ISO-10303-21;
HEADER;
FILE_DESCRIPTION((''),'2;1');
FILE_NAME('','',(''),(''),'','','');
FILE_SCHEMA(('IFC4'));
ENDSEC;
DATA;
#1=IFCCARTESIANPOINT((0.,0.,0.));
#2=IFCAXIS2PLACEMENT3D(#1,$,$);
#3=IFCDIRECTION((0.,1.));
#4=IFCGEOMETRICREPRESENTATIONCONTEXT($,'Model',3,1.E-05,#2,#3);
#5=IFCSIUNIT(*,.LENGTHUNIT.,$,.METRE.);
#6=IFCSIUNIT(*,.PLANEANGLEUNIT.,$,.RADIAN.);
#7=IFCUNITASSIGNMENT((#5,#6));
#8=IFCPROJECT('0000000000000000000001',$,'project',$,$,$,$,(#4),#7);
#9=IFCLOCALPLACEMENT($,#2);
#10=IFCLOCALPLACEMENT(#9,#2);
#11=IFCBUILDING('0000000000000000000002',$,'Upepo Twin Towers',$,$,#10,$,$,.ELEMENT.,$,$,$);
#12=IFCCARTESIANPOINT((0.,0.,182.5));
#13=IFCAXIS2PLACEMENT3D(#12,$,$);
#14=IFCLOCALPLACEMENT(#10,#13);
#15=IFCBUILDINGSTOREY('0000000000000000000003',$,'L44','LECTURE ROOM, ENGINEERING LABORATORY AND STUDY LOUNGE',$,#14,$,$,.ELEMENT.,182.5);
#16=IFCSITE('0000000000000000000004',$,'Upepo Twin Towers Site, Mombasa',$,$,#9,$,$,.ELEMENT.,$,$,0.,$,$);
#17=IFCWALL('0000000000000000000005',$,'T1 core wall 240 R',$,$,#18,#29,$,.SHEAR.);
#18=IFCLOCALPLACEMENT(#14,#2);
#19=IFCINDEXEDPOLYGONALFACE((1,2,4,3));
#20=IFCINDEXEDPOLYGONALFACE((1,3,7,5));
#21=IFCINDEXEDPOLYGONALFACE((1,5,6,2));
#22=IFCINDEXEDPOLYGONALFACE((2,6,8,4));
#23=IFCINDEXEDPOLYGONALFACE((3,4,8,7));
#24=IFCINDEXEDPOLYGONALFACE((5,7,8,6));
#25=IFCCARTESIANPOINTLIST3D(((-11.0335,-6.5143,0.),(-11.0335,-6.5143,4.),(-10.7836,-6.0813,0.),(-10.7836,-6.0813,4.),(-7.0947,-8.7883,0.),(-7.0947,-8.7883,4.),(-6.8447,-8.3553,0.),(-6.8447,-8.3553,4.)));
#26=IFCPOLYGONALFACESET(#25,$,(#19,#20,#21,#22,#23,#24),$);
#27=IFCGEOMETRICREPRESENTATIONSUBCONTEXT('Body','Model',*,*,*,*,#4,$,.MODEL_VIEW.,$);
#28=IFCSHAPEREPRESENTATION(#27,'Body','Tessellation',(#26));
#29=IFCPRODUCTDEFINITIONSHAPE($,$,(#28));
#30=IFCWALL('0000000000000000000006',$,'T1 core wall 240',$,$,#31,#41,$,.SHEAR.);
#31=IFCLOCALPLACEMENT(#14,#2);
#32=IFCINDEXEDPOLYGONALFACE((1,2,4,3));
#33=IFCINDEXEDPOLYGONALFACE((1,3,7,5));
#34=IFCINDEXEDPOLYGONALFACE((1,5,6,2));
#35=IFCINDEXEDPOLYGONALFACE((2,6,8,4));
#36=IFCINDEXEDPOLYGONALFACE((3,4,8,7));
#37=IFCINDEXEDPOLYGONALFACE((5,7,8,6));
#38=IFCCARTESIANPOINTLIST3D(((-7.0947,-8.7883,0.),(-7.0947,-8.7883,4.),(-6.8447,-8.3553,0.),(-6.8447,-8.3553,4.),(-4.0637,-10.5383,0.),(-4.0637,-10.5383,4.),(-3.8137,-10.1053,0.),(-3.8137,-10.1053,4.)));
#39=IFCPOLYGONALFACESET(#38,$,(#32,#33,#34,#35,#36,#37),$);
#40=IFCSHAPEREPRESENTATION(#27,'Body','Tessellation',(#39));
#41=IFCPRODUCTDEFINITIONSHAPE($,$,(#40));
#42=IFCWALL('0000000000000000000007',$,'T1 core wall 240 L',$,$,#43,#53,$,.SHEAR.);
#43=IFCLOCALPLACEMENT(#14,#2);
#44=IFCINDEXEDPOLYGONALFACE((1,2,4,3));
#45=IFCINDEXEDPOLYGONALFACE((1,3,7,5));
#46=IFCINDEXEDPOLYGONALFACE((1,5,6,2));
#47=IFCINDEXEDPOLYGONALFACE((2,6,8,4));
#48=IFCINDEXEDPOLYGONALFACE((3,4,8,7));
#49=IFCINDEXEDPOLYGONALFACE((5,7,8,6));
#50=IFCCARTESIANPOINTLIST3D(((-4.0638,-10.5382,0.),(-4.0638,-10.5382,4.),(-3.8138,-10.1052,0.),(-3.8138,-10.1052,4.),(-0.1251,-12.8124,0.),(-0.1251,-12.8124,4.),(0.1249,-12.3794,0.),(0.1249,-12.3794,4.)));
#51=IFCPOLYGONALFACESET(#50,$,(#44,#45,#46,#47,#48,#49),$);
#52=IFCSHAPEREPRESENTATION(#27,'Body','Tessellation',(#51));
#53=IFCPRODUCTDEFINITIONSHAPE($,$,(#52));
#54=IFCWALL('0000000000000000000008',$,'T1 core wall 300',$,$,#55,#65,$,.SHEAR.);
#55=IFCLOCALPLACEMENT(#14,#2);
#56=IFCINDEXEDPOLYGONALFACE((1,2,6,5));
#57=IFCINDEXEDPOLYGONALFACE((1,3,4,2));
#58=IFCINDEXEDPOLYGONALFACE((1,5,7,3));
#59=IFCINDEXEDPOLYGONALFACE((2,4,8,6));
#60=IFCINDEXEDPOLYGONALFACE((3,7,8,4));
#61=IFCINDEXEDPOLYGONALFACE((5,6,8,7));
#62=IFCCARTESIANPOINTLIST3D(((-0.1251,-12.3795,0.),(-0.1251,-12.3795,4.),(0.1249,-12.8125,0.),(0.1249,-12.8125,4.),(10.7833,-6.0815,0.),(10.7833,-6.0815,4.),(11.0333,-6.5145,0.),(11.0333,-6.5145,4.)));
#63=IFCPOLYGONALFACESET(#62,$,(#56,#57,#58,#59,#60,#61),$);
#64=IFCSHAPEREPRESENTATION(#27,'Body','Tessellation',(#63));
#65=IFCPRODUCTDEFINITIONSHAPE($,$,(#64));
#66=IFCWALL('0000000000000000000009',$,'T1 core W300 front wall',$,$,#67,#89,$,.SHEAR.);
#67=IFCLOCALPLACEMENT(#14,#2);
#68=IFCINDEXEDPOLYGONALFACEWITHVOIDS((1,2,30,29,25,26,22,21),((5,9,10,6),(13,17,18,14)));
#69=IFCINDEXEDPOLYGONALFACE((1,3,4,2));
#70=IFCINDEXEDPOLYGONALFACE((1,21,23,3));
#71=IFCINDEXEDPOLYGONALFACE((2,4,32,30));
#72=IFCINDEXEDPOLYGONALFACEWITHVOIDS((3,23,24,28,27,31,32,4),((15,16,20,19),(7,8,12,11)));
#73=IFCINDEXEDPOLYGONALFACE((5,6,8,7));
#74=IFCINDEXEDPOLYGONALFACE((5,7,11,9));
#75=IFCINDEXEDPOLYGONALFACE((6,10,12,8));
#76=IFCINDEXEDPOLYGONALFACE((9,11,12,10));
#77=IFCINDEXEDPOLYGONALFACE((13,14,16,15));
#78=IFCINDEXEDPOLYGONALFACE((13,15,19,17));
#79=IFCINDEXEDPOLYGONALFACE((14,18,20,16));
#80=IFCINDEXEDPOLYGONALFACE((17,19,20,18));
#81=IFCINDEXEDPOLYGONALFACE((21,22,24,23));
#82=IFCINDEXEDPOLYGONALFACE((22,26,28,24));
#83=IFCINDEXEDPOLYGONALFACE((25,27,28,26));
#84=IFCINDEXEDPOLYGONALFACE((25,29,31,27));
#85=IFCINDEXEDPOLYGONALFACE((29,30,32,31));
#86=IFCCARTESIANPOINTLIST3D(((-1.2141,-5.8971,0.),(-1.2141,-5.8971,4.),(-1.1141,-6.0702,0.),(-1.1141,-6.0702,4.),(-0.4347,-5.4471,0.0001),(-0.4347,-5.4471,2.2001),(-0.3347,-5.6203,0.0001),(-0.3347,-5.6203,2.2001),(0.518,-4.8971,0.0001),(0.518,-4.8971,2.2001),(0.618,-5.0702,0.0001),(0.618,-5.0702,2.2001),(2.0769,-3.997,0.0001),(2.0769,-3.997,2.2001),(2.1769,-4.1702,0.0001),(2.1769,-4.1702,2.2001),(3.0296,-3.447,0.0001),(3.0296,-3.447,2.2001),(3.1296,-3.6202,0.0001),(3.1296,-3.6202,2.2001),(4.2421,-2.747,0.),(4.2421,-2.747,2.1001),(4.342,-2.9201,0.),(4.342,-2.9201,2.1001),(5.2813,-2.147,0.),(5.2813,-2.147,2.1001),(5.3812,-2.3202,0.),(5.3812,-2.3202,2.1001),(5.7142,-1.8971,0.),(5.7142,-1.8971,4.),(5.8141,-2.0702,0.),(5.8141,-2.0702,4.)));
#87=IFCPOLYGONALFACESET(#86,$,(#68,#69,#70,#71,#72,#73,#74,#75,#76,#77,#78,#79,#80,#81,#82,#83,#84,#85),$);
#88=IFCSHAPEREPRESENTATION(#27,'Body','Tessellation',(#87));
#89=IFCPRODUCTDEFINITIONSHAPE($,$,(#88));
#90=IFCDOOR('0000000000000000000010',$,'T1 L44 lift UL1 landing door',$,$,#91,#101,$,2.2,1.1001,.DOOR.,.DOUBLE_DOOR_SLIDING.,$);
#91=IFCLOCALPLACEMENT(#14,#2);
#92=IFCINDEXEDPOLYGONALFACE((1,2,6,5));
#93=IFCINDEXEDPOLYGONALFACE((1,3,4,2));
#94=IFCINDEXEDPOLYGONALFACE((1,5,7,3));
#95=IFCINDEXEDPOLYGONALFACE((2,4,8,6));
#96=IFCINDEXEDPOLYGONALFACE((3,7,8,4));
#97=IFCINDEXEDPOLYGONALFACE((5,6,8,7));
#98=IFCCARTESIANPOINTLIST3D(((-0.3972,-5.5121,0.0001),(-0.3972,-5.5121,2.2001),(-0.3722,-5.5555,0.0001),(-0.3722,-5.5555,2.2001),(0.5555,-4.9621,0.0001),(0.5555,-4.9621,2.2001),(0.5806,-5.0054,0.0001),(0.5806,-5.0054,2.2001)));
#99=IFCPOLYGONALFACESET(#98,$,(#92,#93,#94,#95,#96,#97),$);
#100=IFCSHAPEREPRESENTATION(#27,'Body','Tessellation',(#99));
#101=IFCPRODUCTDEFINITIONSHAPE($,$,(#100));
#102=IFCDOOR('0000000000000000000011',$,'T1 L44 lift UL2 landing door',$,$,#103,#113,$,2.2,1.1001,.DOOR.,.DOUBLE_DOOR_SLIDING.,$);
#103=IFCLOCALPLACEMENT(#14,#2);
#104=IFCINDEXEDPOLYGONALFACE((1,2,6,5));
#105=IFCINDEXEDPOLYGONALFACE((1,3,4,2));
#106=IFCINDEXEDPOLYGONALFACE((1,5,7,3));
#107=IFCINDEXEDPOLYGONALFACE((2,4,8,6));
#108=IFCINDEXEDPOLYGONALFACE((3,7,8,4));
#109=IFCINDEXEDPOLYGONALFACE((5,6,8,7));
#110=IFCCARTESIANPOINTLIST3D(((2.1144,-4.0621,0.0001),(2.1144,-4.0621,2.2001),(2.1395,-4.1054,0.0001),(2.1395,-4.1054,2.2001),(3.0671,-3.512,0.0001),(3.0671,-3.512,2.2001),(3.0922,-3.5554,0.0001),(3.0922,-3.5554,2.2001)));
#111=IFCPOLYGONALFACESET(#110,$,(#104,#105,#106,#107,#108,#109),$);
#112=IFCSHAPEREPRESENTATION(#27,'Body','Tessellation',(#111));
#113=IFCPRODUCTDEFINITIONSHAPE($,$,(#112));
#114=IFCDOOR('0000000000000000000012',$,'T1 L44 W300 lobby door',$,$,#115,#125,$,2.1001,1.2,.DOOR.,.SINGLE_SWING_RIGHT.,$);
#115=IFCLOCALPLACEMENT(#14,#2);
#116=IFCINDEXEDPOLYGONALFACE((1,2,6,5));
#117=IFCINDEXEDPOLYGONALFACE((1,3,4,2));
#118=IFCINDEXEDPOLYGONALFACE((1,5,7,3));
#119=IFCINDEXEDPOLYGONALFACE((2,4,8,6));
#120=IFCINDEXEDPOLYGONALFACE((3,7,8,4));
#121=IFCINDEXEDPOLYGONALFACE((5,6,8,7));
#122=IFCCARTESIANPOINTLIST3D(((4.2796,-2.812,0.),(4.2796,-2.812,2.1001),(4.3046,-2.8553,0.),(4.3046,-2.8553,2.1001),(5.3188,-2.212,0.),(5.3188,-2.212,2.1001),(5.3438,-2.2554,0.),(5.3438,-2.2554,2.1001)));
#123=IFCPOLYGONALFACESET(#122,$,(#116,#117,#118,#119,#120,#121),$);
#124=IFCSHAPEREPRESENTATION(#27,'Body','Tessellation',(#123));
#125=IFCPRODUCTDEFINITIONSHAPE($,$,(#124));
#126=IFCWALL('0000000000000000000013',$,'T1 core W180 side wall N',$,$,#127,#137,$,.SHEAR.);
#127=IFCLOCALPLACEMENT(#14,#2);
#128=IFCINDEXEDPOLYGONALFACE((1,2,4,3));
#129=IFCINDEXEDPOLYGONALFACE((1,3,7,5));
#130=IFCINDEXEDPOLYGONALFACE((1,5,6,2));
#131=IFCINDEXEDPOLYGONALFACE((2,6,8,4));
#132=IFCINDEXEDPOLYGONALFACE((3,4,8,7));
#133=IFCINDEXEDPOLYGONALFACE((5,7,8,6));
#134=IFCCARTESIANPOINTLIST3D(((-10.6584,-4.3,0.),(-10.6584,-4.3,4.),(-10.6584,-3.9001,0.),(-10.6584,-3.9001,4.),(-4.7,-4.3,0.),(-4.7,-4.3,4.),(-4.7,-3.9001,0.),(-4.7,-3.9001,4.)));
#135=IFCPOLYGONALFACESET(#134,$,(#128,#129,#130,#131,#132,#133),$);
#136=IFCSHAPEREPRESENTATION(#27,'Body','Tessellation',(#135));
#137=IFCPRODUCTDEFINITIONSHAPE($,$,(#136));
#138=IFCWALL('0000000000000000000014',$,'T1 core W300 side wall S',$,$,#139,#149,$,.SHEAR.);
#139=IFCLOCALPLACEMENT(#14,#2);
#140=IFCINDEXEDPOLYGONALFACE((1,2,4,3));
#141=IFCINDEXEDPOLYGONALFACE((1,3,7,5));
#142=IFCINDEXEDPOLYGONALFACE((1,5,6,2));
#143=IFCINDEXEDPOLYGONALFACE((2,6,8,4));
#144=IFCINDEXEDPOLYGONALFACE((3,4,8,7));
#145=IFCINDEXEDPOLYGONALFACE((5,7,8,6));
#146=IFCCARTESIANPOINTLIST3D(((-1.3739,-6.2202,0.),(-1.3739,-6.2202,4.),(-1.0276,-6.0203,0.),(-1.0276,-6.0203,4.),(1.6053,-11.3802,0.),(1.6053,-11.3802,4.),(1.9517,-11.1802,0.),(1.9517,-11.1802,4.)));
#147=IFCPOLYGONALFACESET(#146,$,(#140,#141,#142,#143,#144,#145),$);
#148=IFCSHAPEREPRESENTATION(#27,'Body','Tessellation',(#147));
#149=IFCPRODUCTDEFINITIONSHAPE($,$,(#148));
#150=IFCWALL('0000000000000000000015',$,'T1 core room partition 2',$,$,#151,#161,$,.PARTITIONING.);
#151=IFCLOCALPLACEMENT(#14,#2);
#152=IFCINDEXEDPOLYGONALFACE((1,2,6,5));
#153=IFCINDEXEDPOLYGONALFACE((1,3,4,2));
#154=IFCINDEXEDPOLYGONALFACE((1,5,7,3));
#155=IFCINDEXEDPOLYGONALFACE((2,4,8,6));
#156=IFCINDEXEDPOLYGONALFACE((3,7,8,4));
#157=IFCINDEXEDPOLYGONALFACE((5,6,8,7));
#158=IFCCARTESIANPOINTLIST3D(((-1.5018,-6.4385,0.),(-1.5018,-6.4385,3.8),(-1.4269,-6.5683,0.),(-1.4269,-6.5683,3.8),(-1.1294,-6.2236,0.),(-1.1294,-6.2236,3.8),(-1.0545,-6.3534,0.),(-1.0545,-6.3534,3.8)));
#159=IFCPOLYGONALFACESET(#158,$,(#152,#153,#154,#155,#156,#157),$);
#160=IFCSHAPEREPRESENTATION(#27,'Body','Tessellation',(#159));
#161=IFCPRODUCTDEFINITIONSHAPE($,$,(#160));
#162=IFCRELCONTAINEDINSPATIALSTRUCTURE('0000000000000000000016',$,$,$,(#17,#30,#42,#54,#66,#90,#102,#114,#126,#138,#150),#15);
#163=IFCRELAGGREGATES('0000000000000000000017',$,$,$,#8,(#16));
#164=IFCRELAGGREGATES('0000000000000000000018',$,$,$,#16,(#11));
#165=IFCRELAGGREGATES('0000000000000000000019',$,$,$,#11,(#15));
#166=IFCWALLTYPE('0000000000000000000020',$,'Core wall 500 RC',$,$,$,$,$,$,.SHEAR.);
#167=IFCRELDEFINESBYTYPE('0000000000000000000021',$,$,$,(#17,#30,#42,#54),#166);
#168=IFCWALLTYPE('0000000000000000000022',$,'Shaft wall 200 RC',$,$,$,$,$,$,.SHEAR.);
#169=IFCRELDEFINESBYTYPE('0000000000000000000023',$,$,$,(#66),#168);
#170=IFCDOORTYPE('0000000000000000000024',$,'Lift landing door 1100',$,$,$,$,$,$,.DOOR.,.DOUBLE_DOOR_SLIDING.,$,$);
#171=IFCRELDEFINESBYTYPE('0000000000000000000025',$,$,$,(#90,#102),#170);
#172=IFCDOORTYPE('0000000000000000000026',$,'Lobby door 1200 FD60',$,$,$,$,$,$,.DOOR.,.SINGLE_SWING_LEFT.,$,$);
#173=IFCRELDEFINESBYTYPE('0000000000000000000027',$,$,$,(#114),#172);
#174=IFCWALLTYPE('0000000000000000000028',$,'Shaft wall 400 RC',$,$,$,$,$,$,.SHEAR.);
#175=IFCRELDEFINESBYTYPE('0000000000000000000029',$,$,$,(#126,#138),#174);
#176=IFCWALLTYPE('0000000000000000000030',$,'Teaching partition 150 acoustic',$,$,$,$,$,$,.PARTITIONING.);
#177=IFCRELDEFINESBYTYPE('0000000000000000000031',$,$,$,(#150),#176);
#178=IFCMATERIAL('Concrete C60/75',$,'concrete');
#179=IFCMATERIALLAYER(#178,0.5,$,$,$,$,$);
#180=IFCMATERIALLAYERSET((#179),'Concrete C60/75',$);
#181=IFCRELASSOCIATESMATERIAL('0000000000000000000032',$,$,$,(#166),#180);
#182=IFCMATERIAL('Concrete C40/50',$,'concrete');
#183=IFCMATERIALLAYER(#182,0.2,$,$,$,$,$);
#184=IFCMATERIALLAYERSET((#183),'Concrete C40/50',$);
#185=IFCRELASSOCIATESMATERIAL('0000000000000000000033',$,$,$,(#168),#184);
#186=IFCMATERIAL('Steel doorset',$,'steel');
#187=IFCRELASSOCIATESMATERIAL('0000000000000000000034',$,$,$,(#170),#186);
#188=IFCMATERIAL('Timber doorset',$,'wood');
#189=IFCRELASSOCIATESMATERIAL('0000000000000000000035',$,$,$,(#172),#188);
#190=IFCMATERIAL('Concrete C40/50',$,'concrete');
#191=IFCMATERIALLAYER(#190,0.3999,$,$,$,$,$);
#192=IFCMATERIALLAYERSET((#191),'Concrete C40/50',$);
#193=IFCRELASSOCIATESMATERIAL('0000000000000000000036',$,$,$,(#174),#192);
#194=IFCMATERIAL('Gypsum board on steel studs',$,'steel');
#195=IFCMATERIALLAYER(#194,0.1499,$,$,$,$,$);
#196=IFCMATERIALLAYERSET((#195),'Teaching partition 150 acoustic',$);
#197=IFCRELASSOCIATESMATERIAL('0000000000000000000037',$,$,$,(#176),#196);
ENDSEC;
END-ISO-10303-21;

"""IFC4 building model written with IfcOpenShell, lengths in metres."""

from ifc_helpers import new_model, si_unit, direction, frame, frame_2d, origin, place, context, subcontext, project, spatial, rectangle, extrude, material, layer, layer_set, type_object, element, fill, save


model = new_model("IFC4")

# Units and contexts
model_context = context("Model", 3, precision=1e-05, world=origin(), true_north=direction((0.0, 1.0)))
body_context = subcontext(model_context, "Body", "Model", "MODEL_VIEW")
ifc_project = project(units=[si_unit("LENGTHUNIT", "METRE"), si_unit("PLANEANGLEUNIT", "RADIAN")], contexts=[model_context])

# Site, building, storey
site_placement = place(None, origin())
site = spatial("IfcSite", under=ifc_project, at=site_placement, Name="Upepo Twin Towers Site, Mombasa", CompositionType="ELEMENT", RefElevation=0.0)
building_placement = place(site_placement, origin())
building = spatial("IfcBuilding", under=site, at=building_placement, Name="Upepo Twin Towers", CompositionType="ELEMENT")
storey_placement = place(building_placement, frame((0.0, 0.0, 182.5)))
storey = spatial("IfcBuildingStorey", under=building, at=storey_placement, Name="L44", Description="LECTURE ROOM, ENGINEERING LABORATORY AND STUDY LOUNGE", CompositionType="ELEMENT", Elevation=182.5)

# Walls
ifc_material_1 = material(Name="Concrete C60/75", Category="concrete")
ifc_layer_1 = layer(ifc_material_1, 0.5)
ifc_layer_set_1 = layer_set([ifc_layer_1], Name="Concrete C60/75")
wall_type_1 = type_object("IfcWallType", Name="Core wall 500 RC", PredefinedType="SHEAR", material=ifc_layer_set_1)
wall_1_placement = place(storey_placement, frame((-10.9084, -6.2979, 0.0), z_axis=(0.0, 0.0, 1.0), x_axis=(0.866035, -0.499984, 0.0)))
element("IfcWall", 1, at=wall_1_placement, inside=storey, type_object=wall_type_1, Name="T1 core wall 240 R", PredefinedType="SHEAR", context=body_context, shape_type="SweptSolid", body=[
    extrude(rectangle(XDim=4.5481, YDim=0.5, at=frame_2d((2.2739, 0.0))), origin(), (0.0, 0.0, 1.0), 4.0),
])
wall_2_placement = place(storey_placement, frame((-6.9697, -8.5718, 0.0), z_axis=(0.0, 0.0, 1.0), x_axis=(0.866019, -0.50001, 0.0)))
element("IfcWall", 2, at=wall_2_placement, inside=storey, type_object=wall_type_1, Name="T1 core wall 240", PredefinedType="SHEAR", context=body_context, shape_type="SweptSolid", body=[
    extrude(rectangle(XDim=3.5, YDim=0.5, at=frame_2d((1.75, 0.0))), origin(), (0.0, 0.0, 1.0), 4.0),
])
wall_3_placement = place(storey_placement, frame((-3.9387, -10.3218, 0.0), z_axis=(0.0, 0.0, 1.0), x_axis=(0.866011, -0.500024, 0.0)))
element("IfcWall", 3, at=wall_3_placement, inside=storey, type_object=wall_type_1, Name="T1 core wall 240 L", PredefinedType="SHEAR", context=body_context, shape_type="SweptSolid", body=[
    extrude(rectangle(XDim=4.5481, YDim=0.5, at=frame_2d((2.2739, 0.0))), origin(), (0.0, 0.0, 1.0), 4.0),
])
wall_4_placement = place(storey_placement, frame((0.0, -12.5959, 0.0), z_axis=(0.0, 0.0, 1.0), x_axis=(0.866022, 0.500006, 0.0)))
element("IfcWall", 4, at=wall_4_placement, inside=storey, type_object=wall_type_1, Name="T1 core wall 300", PredefinedType="SHEAR", context=body_context, shape_type="SweptSolid", body=[
    extrude(rectangle(XDim=12.5959, YDim=0.5, at=frame_2d((6.2979, 0.0))), origin(), (0.0, 0.0, 1.0), 4.0),
])

# Wall, openings, doors
ifc_material_2 = material(Name="Concrete C40/50", Category="concrete")
ifc_layer_2 = layer(ifc_material_2, 0.2)
ifc_layer_set_2 = layer_set([ifc_layer_2], Name="Concrete C40/50")
wall_type_2 = type_object("IfcWallType", Name="Shaft wall 200 RC", PredefinedType="SHEAR", material=ifc_layer_set_2)
wall_5_placement = place(storey_placement, frame((-1.1641, -5.9836, 0.0), z_axis=(0.0, 0.0, 1.0), x_axis=(0.866026, 0.499999, 0.0)))
wall_5 = element("IfcWall", 5, at=wall_5_placement, inside=storey, type_object=wall_type_2, Name="T1 core W300 front wall", PredefinedType="SHEAR", context=body_context, shape_type="SweptSolid", body=[
    extrude(rectangle(XDim=8.0, YDim=0.2, at=frame_2d((4.0, 0.0))), origin(), (0.0, 0.0, 1.0), 4.0),
])
opening_1_placement = place(wall_5_placement, frame((6.3, 0.0, 0.0)))
opening_1 = element("IfcOpeningElement", 6, at=opening_1_placement, cuts=wall_5, PredefinedType="OPENING", context=body_context, shape_type="SweptSolid", body=[
    extrude(rectangle(XDim=1.2, YDim=2.1001, at=frame_2d((0.6001, 1.05))), frame((0.0, 0.1099, 0.0), z_axis=(0.0, -1.0, 0.0), x_axis=(1.0, 0.0, 0.0)), (0.0, 0.0, 1.0), 0.22),
])
opening_2_placement = place(wall_5_placement, frame((0.8999, 0.0, 0.0)))
opening_2 = element("IfcOpeningElement", 7, at=opening_2_placement, cuts=wall_5, PredefinedType="OPENING", context=body_context, shape_type="SweptSolid", body=[
    extrude(rectangle(XDim=1.1001, YDim=2.2, at=frame_2d((0.55, 1.1001))), frame((0.0, 0.1099, 0.0), z_axis=(0.0, -1.0, 0.0), x_axis=(1.0, 0.0, 0.0)), (0.0, 0.0, 1.0), 0.22),
])
opening_3_placement = place(wall_5_placement, frame((3.8, 0.0, 0.0)))
opening_3 = element("IfcOpeningElement", 8, at=opening_3_placement, cuts=wall_5, PredefinedType="OPENING", context=body_context, shape_type="SweptSolid", body=[
    extrude(rectangle(XDim=1.1001, YDim=2.2, at=frame_2d((0.55, 1.1001))), frame((0.0, 0.1099, 0.0), z_axis=(0.0, -1.0, 0.0), x_axis=(1.0, 0.0, 0.0)), (0.0, 0.0, 1.0), 0.22),
])
ifc_material_3 = material(Name="Steel doorset", Category="steel")
door_type_1 = type_object("IfcDoorType", Name="Lift landing door 1100", OperationType="DOUBLE_DOOR_SLIDING", PredefinedType="DOOR", material=ifc_material_3)
door_1_placement = place(opening_2_placement, origin())
door_1 = element("IfcDoor", 9, at=door_1_placement, inside=storey, type_object=door_type_1, Name="T1 L44 lift UL1 landing door", OperationType="DOUBLE_DOOR_SLIDING", OverallHeight=2.2, OverallWidth=1.1001, PredefinedType="DOOR", context=body_context, shape_type="SweptSolid", body=[
    extrude(rectangle(XDim=1.1001, YDim=2.2, at=frame_2d((0.55, 1.1001))), frame((0.0, 0.0249, 0.0), z_axis=(0.0, -1.0, 0.0), x_axis=(1.0, 0.0, 0.0)), (0.0, 0.0, 1.0), 0.05),
])
fill(opening_2, door_1)
door_2_placement = place(opening_3_placement, origin())
door_2 = element("IfcDoor", 10, at=door_2_placement, inside=storey, type_object=door_type_1, Name="T1 L44 lift UL2 landing door", OperationType="DOUBLE_DOOR_SLIDING", OverallHeight=2.2, OverallWidth=1.1001, PredefinedType="DOOR", context=body_context, shape_type="SweptSolid", body=[
    extrude(rectangle(XDim=1.1001, YDim=2.2, at=frame_2d((0.55, 1.1001))), frame((0.0, 0.0249, 0.0), z_axis=(0.0, -1.0, 0.0), x_axis=(1.0, 0.0, 0.0)), (0.0, 0.0, 1.0), 0.05),
])
fill(opening_3, door_2)
ifc_material_4 = material(Name="Timber doorset", Category="wood")
door_type_2 = type_object("IfcDoorType", Name="Lobby door 1200 FD60", OperationType="SINGLE_SWING_LEFT", PredefinedType="DOOR", material=ifc_material_4)
door_3_placement = place(opening_1_placement, origin())
door_3 = element("IfcDoor", 11, at=door_3_placement, inside=storey, type_object=door_type_2, Name="T1 L44 W300 lobby door", OperationType="SINGLE_SWING_RIGHT", OverallHeight=2.1001, OverallWidth=1.2, PredefinedType="DOOR", context=body_context, shape_type="SweptSolid", body=[
    extrude(rectangle(XDim=1.2, YDim=2.1001, at=frame_2d((0.6001, 1.05))), frame((0.0, 0.0249, 0.0), z_axis=(0.0, -1.0, 0.0), x_axis=(1.0, 0.0, 0.0)), (0.0, 0.0, 1.0), 0.05),
])
fill(opening_1, door_3)

# Walls
ifc_material_5 = material(Name="Concrete C40/50", Category="concrete")
ifc_layer_3 = layer(ifc_material_5, 0.3999)
ifc_layer_set_3 = layer_set([ifc_layer_3], Name="Concrete C40/50")
wall_type_3 = type_object("IfcWallType", Name="Shaft wall 400 RC", PredefinedType="SHEAR", material=ifc_layer_set_3)
wall_6_placement = place(storey_placement, frame((-4.7, -4.1001, 0.0), z_axis=(0.0, 0.0, 1.0), x_axis=(-1.0, 0.0, 0.0)))
element("IfcWall", 12, at=wall_6_placement, inside=storey, type_object=wall_type_3, Name="T1 core W180 side wall N", PredefinedType="SHEAR", context=body_context, shape_type="SweptSolid", body=[
    extrude(rectangle(XDim=5.9585, YDim=0.3999, at=frame_2d((2.9792, 0.0))), origin(), (0.0, 0.0, 1.0), 4.0),
])
wall_7_placement = place(storey_placement, frame((-1.2007, -6.1204, 0.0), z_axis=(0.0, 0.0, 1.0), x_axis=(0.500022, -0.866013, 0.0)))
element("IfcWall", 13, at=wall_7_placement, inside=storey, type_object=wall_type_3, Name="T1 core W300 side wall S", PredefinedType="SHEAR", context=body_context, shape_type="SweptSolid", body=[
    extrude(rectangle(XDim=5.9583, YDim=0.3999, at=frame_2d((2.979, 0.0))), origin(), (0.0, 0.0, 1.0), 4.0),
])
ifc_material_6 = material(Name="Gypsum board on steel studs", Category="steel")
ifc_layer_4 = layer(ifc_material_6, 0.1499)
ifc_layer_set_4 = layer_set([ifc_layer_4], Name="Teaching partition 150 acoustic")
wall_type_4 = type_object("IfcWallType", Name="Teaching partition 150 acoustic", PredefinedType="PARTITIONING", material=ifc_layer_set_4)
wall_8_placement = place(storey_placement, frame((-1.092, -6.2886, 0.0), z_axis=(0.0, 0.0, 1.0), x_axis=(-0.866138, -0.499804, 0.0)))
element("IfcWall", 14, at=wall_8_placement, inside=storey, type_object=wall_type_4, Name="T1 core room partition 2", PredefinedType="PARTITIONING", context=body_context, shape_type="SweptSolid", body=[
    extrude(rectangle(XDim=0.4299, YDim=0.1499, at=frame_2d((0.2148, 0.0))), origin(), (0.0, 0.0, 1.0), 3.8),
])

save(model, "model.ifc")
